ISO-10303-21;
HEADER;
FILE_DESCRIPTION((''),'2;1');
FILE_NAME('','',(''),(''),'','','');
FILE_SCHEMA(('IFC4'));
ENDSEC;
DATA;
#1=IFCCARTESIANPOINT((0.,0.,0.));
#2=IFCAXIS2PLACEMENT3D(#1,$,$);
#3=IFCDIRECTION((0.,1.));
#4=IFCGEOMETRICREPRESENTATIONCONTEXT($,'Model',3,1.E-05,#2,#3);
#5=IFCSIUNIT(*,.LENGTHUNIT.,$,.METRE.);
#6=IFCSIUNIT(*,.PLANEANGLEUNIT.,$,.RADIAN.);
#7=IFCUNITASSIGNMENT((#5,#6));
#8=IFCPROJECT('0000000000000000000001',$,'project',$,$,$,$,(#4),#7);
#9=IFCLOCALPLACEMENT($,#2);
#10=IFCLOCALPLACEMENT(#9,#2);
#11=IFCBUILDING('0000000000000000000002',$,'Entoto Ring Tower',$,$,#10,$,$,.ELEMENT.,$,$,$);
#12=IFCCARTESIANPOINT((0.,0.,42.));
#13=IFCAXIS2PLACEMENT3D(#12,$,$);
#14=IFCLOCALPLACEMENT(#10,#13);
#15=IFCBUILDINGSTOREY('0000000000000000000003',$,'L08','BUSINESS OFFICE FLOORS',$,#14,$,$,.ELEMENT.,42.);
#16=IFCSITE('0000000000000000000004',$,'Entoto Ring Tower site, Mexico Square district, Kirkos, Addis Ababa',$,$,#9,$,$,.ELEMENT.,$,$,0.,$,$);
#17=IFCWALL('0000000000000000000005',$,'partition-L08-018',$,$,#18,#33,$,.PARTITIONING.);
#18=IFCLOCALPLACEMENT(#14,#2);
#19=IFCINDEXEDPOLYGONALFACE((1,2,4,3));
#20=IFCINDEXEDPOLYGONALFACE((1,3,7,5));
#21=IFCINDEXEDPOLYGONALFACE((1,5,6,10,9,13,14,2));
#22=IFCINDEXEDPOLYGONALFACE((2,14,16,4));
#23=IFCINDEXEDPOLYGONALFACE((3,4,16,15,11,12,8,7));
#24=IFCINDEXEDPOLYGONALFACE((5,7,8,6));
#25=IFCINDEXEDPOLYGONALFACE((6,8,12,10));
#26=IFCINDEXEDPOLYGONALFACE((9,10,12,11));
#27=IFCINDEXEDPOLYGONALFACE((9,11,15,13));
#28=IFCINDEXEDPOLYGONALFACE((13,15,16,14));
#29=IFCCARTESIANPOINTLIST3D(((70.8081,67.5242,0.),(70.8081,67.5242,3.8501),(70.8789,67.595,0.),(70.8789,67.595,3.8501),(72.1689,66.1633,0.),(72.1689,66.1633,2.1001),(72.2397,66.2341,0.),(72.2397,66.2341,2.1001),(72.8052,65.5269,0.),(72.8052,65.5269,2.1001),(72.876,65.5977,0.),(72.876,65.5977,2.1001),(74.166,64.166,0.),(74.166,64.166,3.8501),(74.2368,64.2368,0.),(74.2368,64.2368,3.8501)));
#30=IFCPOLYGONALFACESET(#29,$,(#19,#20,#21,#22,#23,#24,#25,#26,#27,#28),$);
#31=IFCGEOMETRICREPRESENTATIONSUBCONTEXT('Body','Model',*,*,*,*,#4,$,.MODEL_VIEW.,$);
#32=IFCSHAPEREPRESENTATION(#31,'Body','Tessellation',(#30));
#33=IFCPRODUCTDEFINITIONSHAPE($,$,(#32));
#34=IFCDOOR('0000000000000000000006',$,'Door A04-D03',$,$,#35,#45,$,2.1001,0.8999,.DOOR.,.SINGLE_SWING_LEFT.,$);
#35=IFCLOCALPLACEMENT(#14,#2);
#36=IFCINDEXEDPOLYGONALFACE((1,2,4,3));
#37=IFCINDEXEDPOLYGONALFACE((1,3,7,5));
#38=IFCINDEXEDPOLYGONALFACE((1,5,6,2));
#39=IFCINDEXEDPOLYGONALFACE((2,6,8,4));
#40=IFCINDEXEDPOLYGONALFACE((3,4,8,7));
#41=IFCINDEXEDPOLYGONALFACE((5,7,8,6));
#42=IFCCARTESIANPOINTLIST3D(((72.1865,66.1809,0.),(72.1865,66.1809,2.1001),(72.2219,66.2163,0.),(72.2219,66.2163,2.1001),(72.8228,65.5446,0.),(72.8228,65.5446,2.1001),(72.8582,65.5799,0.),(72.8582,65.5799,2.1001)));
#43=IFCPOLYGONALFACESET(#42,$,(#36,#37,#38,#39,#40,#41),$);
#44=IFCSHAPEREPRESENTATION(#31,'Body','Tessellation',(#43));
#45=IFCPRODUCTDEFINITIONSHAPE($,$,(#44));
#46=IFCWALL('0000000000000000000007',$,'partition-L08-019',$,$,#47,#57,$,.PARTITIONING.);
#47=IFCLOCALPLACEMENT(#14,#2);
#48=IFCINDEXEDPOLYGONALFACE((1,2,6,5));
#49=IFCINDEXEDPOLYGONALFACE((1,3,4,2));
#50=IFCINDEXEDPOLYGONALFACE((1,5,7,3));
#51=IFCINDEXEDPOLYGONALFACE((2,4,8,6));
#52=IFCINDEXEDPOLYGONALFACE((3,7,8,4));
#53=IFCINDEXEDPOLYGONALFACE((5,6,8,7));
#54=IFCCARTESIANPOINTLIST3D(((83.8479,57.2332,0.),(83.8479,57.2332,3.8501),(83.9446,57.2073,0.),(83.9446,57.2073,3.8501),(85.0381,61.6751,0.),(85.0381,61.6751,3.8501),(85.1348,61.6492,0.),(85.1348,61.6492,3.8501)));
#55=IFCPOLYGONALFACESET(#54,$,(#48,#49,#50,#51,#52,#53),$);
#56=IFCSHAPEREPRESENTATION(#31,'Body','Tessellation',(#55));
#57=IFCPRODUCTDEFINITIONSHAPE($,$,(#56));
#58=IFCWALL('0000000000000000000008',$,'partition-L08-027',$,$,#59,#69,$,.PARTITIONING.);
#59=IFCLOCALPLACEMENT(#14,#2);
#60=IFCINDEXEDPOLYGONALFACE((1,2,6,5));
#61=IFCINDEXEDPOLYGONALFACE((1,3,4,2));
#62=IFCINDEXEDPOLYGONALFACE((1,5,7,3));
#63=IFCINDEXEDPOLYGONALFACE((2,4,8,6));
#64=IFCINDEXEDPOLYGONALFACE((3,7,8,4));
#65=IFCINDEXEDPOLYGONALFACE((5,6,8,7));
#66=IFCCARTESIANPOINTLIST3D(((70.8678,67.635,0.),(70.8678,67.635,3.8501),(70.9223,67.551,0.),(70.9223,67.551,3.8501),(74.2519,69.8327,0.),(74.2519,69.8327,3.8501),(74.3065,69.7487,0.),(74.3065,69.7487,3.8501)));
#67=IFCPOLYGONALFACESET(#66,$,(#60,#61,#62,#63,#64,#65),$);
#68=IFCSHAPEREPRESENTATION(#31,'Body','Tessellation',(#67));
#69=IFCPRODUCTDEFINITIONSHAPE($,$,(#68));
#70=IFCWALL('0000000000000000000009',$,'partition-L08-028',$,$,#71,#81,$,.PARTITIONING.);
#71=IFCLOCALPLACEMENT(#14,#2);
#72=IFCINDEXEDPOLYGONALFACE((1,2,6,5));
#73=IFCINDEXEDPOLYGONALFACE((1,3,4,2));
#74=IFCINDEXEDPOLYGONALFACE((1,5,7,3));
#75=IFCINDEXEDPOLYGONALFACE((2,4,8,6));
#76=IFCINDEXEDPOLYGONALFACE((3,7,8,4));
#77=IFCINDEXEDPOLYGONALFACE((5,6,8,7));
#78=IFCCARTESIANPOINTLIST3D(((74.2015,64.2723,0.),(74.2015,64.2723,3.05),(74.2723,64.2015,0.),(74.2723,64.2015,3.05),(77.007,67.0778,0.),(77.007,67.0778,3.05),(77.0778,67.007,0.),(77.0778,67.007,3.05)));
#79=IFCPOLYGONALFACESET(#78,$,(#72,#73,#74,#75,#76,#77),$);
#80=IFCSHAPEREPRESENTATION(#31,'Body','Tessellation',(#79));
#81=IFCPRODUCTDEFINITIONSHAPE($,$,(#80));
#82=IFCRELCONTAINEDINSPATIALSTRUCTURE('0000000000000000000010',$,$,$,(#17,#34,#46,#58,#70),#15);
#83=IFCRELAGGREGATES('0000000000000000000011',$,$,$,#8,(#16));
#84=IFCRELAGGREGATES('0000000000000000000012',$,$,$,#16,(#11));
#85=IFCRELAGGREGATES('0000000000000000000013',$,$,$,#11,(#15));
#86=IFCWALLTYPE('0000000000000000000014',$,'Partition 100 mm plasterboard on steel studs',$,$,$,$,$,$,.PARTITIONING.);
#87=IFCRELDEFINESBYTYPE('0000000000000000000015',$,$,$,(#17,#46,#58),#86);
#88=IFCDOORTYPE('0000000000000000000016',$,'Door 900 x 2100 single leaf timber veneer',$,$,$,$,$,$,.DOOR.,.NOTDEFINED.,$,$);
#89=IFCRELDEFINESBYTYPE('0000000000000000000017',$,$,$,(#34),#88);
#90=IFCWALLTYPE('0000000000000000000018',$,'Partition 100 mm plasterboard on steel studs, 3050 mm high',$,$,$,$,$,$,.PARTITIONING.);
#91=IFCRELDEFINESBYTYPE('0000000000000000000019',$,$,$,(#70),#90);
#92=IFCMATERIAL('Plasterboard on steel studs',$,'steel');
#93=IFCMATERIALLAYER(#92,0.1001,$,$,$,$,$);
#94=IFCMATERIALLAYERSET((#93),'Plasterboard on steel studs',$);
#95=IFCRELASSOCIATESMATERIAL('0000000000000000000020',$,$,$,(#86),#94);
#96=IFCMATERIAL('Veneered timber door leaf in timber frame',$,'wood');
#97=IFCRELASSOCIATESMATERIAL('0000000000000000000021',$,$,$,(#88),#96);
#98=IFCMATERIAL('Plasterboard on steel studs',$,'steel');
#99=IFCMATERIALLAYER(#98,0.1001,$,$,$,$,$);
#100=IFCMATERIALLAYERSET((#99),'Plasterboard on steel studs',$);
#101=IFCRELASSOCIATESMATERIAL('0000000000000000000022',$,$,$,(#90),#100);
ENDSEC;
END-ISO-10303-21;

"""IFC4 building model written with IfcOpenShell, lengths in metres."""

from ifc_helpers import new_model, si_unit, direction, frame, frame_2d, origin, place, context, subcontext, project, spatial, rectangle, extrude, material, layer, layer_set, type_object, element, fill, save


model = new_model("IFC4")

# Units and contexts
model_context = context("Model", 3, precision=1e-05, world=origin(), true_north=direction((0.0, 1.0)))
body_context = subcontext(model_context, "Body", "Model", "MODEL_VIEW")
ifc_project = project(units=[si_unit("LENGTHUNIT", "METRE"), si_unit("PLANEANGLEUNIT", "RADIAN")], contexts=[model_context])

# Site, building, storey
site_placement = place(None, origin())
site = spatial("IfcSite", under=ifc_project, at=site_placement, Name="Entoto Ring Tower site, Mexico Square district, Kirkos, Addis Ababa", CompositionType="ELEMENT", RefElevation=0.0)
building_placement = place(site_placement, origin())
building = spatial("IfcBuilding", under=site, at=building_placement, Name="Entoto Ring Tower", CompositionType="ELEMENT")
storey_placement = place(building_placement, frame((0.0, 0.0, 42.0)))
storey = spatial("IfcBuildingStorey", under=building, at=storey_placement, Name="L08", Description="BUSINESS OFFICE FLOORS", CompositionType="ELEMENT", Elevation=42.0)

# Wall, opening, door
ifc_material_1 = material(Name="Plasterboard on steel studs", Category="steel")
ifc_layer_1 = layer(ifc_material_1, 0.1001)
ifc_layer_set_1 = layer_set([ifc_layer_1], Name="Plasterboard on steel studs")
wall_type_1 = type_object("IfcWallType", Name="Partition 100 mm plasterboard on steel studs", PredefinedType="PARTITIONING", material=ifc_layer_set_1)
ifc_material_2 = material(Name="Veneered timber door leaf in timber frame", Category="wood")
door_type_1 = type_object("IfcDoorType", Name="Door 900 x 2100 single leaf timber veneer", OperationType="NOTDEFINED", PredefinedType="DOOR", material=ifc_material_2)
wall_1_placement = place(storey_placement, frame((74.2014, 64.2014, 0.0), z_axis=(0.0, 0.0, 1.0), x_axis=(-0.707081, 0.707132, 0.0)))
wall_1 = element("IfcWall", 1, at=wall_1_placement, inside=storey, type_object=wall_type_1, Name="partition-L08-018", PredefinedType="PARTITIONING", context=body_context, shape_type="SweptSolid", body=[
    extrude(rectangle(XDim=4.749, YDim=0.1001, at=frame_2d((2.3745, 0.0))), origin(), (0.0, 0.0, 1.0), 3.8501),
])
opening_1_placement = place(wall_1_placement, frame((1.9246, 0.0, 0.0)))
opening_1 = element("IfcOpeningElement", 2, at=opening_1_placement, cuts=wall_1, PredefinedType="OPENING", context=body_context, shape_type="SweptSolid", body=[
    extrude(rectangle(XDim=0.8999, YDim=2.1001, at=frame_2d((0.45, 1.05))), frame((0.0, 0.0601, 0.0), z_axis=(0.0, -1.0, 0.0), x_axis=(1.0, 0.0, 0.0)), (0.0, 0.0, 1.0), 0.1201),
])
door_1_placement = place(opening_1_placement, frame((0.8999, 0.0, 0.0), z_axis=(0.0, 0.0, 1.0), x_axis=(-1.0, 0.0, 0.0)))
door_1 = element("IfcDoor", 3, at=door_1_placement, inside=storey, type_object=door_type_1, Name="Door A04-D03", OperationType="SINGLE_SWING_LEFT", OverallHeight=2.1001, OverallWidth=0.8999, PredefinedType="DOOR", context=body_context, shape_type="SweptSolid", body=[
    extrude(rectangle(XDim=0.8999, YDim=2.1001, at=frame_2d((0.45, 1.05))), frame((0.0, 0.0249, 0.0), z_axis=(0.0, -1.0, 0.0), x_axis=(1.0, 0.0, 0.0)), (0.0, 0.0, 1.0), 0.05),
])
fill(opening_1, door_1)

# Walls
wall_2_placement = place(storey_placement, frame((83.8962, 57.2202, 0.0), z_axis=(0.0, 0.0, 1.0), x_axis=(0.258816, 0.965927, 0.0)))
element("IfcWall", 4, at=wall_2_placement, inside=storey, type_object=wall_type_1, Name="partition-L08-019", PredefinedType="PARTITIONING", context=body_context, shape_type="SweptSolid", body=[
    extrude(rectangle(XDim=4.5986, YDim=0.1001, at=frame_2d((2.2993, 0.0))), origin(), (0.0, 0.0, 1.0), 3.8501),
])
wall_3_placement = place(storey_placement, frame((70.895, 67.593, 0.0), z_axis=(0.0, 0.0, 1.0), x_axis=(0.838673, 0.544635, 0.0)))
element("IfcWall", 5, at=wall_3_placement, inside=storey, type_object=wall_type_1, Name="partition-L08-027", PredefinedType="PARTITIONING", context=body_context, shape_type="SweptSolid", body=[
    extrude(rectangle(XDim=4.0352, YDim=0.1001, at=frame_2d((2.0176, 0.0))), origin(), (0.0, 0.0, 1.0), 3.8501),
])
ifc_material_3 = material(Name="Plasterboard on steel studs", Category="steel")
ifc_layer_2 = layer(ifc_material_3, 0.1001)
ifc_layer_set_2 = layer_set([ifc_layer_2], Name="Plasterboard on steel studs")
wall_type_2 = type_object("IfcWallType", Name="Partition 100 mm plasterboard on steel studs, 3050 mm high", PredefinedType="PARTITIONING", material=ifc_layer_set_2)
wall_4_placement = place(storey_placement, frame((74.2368, 64.2368, 0.0), z_axis=(0.0, 0.0, 1.0), x_axis=(0.707107, 0.707107, 0.0)))
element("IfcWall", 6, at=wall_4_placement, inside=storey, type_object=wall_type_2, Name="partition-L08-028", PredefinedType="PARTITIONING", context=body_context, shape_type="SweptSolid", body=[
    extrude(rectangle(XDim=3.9675, YDim=0.1001, at=frame_2d((1.9839, 0.0))), origin(), (0.0, 0.0, 1.0), 3.05),
])

save(model, "model.ifc")
